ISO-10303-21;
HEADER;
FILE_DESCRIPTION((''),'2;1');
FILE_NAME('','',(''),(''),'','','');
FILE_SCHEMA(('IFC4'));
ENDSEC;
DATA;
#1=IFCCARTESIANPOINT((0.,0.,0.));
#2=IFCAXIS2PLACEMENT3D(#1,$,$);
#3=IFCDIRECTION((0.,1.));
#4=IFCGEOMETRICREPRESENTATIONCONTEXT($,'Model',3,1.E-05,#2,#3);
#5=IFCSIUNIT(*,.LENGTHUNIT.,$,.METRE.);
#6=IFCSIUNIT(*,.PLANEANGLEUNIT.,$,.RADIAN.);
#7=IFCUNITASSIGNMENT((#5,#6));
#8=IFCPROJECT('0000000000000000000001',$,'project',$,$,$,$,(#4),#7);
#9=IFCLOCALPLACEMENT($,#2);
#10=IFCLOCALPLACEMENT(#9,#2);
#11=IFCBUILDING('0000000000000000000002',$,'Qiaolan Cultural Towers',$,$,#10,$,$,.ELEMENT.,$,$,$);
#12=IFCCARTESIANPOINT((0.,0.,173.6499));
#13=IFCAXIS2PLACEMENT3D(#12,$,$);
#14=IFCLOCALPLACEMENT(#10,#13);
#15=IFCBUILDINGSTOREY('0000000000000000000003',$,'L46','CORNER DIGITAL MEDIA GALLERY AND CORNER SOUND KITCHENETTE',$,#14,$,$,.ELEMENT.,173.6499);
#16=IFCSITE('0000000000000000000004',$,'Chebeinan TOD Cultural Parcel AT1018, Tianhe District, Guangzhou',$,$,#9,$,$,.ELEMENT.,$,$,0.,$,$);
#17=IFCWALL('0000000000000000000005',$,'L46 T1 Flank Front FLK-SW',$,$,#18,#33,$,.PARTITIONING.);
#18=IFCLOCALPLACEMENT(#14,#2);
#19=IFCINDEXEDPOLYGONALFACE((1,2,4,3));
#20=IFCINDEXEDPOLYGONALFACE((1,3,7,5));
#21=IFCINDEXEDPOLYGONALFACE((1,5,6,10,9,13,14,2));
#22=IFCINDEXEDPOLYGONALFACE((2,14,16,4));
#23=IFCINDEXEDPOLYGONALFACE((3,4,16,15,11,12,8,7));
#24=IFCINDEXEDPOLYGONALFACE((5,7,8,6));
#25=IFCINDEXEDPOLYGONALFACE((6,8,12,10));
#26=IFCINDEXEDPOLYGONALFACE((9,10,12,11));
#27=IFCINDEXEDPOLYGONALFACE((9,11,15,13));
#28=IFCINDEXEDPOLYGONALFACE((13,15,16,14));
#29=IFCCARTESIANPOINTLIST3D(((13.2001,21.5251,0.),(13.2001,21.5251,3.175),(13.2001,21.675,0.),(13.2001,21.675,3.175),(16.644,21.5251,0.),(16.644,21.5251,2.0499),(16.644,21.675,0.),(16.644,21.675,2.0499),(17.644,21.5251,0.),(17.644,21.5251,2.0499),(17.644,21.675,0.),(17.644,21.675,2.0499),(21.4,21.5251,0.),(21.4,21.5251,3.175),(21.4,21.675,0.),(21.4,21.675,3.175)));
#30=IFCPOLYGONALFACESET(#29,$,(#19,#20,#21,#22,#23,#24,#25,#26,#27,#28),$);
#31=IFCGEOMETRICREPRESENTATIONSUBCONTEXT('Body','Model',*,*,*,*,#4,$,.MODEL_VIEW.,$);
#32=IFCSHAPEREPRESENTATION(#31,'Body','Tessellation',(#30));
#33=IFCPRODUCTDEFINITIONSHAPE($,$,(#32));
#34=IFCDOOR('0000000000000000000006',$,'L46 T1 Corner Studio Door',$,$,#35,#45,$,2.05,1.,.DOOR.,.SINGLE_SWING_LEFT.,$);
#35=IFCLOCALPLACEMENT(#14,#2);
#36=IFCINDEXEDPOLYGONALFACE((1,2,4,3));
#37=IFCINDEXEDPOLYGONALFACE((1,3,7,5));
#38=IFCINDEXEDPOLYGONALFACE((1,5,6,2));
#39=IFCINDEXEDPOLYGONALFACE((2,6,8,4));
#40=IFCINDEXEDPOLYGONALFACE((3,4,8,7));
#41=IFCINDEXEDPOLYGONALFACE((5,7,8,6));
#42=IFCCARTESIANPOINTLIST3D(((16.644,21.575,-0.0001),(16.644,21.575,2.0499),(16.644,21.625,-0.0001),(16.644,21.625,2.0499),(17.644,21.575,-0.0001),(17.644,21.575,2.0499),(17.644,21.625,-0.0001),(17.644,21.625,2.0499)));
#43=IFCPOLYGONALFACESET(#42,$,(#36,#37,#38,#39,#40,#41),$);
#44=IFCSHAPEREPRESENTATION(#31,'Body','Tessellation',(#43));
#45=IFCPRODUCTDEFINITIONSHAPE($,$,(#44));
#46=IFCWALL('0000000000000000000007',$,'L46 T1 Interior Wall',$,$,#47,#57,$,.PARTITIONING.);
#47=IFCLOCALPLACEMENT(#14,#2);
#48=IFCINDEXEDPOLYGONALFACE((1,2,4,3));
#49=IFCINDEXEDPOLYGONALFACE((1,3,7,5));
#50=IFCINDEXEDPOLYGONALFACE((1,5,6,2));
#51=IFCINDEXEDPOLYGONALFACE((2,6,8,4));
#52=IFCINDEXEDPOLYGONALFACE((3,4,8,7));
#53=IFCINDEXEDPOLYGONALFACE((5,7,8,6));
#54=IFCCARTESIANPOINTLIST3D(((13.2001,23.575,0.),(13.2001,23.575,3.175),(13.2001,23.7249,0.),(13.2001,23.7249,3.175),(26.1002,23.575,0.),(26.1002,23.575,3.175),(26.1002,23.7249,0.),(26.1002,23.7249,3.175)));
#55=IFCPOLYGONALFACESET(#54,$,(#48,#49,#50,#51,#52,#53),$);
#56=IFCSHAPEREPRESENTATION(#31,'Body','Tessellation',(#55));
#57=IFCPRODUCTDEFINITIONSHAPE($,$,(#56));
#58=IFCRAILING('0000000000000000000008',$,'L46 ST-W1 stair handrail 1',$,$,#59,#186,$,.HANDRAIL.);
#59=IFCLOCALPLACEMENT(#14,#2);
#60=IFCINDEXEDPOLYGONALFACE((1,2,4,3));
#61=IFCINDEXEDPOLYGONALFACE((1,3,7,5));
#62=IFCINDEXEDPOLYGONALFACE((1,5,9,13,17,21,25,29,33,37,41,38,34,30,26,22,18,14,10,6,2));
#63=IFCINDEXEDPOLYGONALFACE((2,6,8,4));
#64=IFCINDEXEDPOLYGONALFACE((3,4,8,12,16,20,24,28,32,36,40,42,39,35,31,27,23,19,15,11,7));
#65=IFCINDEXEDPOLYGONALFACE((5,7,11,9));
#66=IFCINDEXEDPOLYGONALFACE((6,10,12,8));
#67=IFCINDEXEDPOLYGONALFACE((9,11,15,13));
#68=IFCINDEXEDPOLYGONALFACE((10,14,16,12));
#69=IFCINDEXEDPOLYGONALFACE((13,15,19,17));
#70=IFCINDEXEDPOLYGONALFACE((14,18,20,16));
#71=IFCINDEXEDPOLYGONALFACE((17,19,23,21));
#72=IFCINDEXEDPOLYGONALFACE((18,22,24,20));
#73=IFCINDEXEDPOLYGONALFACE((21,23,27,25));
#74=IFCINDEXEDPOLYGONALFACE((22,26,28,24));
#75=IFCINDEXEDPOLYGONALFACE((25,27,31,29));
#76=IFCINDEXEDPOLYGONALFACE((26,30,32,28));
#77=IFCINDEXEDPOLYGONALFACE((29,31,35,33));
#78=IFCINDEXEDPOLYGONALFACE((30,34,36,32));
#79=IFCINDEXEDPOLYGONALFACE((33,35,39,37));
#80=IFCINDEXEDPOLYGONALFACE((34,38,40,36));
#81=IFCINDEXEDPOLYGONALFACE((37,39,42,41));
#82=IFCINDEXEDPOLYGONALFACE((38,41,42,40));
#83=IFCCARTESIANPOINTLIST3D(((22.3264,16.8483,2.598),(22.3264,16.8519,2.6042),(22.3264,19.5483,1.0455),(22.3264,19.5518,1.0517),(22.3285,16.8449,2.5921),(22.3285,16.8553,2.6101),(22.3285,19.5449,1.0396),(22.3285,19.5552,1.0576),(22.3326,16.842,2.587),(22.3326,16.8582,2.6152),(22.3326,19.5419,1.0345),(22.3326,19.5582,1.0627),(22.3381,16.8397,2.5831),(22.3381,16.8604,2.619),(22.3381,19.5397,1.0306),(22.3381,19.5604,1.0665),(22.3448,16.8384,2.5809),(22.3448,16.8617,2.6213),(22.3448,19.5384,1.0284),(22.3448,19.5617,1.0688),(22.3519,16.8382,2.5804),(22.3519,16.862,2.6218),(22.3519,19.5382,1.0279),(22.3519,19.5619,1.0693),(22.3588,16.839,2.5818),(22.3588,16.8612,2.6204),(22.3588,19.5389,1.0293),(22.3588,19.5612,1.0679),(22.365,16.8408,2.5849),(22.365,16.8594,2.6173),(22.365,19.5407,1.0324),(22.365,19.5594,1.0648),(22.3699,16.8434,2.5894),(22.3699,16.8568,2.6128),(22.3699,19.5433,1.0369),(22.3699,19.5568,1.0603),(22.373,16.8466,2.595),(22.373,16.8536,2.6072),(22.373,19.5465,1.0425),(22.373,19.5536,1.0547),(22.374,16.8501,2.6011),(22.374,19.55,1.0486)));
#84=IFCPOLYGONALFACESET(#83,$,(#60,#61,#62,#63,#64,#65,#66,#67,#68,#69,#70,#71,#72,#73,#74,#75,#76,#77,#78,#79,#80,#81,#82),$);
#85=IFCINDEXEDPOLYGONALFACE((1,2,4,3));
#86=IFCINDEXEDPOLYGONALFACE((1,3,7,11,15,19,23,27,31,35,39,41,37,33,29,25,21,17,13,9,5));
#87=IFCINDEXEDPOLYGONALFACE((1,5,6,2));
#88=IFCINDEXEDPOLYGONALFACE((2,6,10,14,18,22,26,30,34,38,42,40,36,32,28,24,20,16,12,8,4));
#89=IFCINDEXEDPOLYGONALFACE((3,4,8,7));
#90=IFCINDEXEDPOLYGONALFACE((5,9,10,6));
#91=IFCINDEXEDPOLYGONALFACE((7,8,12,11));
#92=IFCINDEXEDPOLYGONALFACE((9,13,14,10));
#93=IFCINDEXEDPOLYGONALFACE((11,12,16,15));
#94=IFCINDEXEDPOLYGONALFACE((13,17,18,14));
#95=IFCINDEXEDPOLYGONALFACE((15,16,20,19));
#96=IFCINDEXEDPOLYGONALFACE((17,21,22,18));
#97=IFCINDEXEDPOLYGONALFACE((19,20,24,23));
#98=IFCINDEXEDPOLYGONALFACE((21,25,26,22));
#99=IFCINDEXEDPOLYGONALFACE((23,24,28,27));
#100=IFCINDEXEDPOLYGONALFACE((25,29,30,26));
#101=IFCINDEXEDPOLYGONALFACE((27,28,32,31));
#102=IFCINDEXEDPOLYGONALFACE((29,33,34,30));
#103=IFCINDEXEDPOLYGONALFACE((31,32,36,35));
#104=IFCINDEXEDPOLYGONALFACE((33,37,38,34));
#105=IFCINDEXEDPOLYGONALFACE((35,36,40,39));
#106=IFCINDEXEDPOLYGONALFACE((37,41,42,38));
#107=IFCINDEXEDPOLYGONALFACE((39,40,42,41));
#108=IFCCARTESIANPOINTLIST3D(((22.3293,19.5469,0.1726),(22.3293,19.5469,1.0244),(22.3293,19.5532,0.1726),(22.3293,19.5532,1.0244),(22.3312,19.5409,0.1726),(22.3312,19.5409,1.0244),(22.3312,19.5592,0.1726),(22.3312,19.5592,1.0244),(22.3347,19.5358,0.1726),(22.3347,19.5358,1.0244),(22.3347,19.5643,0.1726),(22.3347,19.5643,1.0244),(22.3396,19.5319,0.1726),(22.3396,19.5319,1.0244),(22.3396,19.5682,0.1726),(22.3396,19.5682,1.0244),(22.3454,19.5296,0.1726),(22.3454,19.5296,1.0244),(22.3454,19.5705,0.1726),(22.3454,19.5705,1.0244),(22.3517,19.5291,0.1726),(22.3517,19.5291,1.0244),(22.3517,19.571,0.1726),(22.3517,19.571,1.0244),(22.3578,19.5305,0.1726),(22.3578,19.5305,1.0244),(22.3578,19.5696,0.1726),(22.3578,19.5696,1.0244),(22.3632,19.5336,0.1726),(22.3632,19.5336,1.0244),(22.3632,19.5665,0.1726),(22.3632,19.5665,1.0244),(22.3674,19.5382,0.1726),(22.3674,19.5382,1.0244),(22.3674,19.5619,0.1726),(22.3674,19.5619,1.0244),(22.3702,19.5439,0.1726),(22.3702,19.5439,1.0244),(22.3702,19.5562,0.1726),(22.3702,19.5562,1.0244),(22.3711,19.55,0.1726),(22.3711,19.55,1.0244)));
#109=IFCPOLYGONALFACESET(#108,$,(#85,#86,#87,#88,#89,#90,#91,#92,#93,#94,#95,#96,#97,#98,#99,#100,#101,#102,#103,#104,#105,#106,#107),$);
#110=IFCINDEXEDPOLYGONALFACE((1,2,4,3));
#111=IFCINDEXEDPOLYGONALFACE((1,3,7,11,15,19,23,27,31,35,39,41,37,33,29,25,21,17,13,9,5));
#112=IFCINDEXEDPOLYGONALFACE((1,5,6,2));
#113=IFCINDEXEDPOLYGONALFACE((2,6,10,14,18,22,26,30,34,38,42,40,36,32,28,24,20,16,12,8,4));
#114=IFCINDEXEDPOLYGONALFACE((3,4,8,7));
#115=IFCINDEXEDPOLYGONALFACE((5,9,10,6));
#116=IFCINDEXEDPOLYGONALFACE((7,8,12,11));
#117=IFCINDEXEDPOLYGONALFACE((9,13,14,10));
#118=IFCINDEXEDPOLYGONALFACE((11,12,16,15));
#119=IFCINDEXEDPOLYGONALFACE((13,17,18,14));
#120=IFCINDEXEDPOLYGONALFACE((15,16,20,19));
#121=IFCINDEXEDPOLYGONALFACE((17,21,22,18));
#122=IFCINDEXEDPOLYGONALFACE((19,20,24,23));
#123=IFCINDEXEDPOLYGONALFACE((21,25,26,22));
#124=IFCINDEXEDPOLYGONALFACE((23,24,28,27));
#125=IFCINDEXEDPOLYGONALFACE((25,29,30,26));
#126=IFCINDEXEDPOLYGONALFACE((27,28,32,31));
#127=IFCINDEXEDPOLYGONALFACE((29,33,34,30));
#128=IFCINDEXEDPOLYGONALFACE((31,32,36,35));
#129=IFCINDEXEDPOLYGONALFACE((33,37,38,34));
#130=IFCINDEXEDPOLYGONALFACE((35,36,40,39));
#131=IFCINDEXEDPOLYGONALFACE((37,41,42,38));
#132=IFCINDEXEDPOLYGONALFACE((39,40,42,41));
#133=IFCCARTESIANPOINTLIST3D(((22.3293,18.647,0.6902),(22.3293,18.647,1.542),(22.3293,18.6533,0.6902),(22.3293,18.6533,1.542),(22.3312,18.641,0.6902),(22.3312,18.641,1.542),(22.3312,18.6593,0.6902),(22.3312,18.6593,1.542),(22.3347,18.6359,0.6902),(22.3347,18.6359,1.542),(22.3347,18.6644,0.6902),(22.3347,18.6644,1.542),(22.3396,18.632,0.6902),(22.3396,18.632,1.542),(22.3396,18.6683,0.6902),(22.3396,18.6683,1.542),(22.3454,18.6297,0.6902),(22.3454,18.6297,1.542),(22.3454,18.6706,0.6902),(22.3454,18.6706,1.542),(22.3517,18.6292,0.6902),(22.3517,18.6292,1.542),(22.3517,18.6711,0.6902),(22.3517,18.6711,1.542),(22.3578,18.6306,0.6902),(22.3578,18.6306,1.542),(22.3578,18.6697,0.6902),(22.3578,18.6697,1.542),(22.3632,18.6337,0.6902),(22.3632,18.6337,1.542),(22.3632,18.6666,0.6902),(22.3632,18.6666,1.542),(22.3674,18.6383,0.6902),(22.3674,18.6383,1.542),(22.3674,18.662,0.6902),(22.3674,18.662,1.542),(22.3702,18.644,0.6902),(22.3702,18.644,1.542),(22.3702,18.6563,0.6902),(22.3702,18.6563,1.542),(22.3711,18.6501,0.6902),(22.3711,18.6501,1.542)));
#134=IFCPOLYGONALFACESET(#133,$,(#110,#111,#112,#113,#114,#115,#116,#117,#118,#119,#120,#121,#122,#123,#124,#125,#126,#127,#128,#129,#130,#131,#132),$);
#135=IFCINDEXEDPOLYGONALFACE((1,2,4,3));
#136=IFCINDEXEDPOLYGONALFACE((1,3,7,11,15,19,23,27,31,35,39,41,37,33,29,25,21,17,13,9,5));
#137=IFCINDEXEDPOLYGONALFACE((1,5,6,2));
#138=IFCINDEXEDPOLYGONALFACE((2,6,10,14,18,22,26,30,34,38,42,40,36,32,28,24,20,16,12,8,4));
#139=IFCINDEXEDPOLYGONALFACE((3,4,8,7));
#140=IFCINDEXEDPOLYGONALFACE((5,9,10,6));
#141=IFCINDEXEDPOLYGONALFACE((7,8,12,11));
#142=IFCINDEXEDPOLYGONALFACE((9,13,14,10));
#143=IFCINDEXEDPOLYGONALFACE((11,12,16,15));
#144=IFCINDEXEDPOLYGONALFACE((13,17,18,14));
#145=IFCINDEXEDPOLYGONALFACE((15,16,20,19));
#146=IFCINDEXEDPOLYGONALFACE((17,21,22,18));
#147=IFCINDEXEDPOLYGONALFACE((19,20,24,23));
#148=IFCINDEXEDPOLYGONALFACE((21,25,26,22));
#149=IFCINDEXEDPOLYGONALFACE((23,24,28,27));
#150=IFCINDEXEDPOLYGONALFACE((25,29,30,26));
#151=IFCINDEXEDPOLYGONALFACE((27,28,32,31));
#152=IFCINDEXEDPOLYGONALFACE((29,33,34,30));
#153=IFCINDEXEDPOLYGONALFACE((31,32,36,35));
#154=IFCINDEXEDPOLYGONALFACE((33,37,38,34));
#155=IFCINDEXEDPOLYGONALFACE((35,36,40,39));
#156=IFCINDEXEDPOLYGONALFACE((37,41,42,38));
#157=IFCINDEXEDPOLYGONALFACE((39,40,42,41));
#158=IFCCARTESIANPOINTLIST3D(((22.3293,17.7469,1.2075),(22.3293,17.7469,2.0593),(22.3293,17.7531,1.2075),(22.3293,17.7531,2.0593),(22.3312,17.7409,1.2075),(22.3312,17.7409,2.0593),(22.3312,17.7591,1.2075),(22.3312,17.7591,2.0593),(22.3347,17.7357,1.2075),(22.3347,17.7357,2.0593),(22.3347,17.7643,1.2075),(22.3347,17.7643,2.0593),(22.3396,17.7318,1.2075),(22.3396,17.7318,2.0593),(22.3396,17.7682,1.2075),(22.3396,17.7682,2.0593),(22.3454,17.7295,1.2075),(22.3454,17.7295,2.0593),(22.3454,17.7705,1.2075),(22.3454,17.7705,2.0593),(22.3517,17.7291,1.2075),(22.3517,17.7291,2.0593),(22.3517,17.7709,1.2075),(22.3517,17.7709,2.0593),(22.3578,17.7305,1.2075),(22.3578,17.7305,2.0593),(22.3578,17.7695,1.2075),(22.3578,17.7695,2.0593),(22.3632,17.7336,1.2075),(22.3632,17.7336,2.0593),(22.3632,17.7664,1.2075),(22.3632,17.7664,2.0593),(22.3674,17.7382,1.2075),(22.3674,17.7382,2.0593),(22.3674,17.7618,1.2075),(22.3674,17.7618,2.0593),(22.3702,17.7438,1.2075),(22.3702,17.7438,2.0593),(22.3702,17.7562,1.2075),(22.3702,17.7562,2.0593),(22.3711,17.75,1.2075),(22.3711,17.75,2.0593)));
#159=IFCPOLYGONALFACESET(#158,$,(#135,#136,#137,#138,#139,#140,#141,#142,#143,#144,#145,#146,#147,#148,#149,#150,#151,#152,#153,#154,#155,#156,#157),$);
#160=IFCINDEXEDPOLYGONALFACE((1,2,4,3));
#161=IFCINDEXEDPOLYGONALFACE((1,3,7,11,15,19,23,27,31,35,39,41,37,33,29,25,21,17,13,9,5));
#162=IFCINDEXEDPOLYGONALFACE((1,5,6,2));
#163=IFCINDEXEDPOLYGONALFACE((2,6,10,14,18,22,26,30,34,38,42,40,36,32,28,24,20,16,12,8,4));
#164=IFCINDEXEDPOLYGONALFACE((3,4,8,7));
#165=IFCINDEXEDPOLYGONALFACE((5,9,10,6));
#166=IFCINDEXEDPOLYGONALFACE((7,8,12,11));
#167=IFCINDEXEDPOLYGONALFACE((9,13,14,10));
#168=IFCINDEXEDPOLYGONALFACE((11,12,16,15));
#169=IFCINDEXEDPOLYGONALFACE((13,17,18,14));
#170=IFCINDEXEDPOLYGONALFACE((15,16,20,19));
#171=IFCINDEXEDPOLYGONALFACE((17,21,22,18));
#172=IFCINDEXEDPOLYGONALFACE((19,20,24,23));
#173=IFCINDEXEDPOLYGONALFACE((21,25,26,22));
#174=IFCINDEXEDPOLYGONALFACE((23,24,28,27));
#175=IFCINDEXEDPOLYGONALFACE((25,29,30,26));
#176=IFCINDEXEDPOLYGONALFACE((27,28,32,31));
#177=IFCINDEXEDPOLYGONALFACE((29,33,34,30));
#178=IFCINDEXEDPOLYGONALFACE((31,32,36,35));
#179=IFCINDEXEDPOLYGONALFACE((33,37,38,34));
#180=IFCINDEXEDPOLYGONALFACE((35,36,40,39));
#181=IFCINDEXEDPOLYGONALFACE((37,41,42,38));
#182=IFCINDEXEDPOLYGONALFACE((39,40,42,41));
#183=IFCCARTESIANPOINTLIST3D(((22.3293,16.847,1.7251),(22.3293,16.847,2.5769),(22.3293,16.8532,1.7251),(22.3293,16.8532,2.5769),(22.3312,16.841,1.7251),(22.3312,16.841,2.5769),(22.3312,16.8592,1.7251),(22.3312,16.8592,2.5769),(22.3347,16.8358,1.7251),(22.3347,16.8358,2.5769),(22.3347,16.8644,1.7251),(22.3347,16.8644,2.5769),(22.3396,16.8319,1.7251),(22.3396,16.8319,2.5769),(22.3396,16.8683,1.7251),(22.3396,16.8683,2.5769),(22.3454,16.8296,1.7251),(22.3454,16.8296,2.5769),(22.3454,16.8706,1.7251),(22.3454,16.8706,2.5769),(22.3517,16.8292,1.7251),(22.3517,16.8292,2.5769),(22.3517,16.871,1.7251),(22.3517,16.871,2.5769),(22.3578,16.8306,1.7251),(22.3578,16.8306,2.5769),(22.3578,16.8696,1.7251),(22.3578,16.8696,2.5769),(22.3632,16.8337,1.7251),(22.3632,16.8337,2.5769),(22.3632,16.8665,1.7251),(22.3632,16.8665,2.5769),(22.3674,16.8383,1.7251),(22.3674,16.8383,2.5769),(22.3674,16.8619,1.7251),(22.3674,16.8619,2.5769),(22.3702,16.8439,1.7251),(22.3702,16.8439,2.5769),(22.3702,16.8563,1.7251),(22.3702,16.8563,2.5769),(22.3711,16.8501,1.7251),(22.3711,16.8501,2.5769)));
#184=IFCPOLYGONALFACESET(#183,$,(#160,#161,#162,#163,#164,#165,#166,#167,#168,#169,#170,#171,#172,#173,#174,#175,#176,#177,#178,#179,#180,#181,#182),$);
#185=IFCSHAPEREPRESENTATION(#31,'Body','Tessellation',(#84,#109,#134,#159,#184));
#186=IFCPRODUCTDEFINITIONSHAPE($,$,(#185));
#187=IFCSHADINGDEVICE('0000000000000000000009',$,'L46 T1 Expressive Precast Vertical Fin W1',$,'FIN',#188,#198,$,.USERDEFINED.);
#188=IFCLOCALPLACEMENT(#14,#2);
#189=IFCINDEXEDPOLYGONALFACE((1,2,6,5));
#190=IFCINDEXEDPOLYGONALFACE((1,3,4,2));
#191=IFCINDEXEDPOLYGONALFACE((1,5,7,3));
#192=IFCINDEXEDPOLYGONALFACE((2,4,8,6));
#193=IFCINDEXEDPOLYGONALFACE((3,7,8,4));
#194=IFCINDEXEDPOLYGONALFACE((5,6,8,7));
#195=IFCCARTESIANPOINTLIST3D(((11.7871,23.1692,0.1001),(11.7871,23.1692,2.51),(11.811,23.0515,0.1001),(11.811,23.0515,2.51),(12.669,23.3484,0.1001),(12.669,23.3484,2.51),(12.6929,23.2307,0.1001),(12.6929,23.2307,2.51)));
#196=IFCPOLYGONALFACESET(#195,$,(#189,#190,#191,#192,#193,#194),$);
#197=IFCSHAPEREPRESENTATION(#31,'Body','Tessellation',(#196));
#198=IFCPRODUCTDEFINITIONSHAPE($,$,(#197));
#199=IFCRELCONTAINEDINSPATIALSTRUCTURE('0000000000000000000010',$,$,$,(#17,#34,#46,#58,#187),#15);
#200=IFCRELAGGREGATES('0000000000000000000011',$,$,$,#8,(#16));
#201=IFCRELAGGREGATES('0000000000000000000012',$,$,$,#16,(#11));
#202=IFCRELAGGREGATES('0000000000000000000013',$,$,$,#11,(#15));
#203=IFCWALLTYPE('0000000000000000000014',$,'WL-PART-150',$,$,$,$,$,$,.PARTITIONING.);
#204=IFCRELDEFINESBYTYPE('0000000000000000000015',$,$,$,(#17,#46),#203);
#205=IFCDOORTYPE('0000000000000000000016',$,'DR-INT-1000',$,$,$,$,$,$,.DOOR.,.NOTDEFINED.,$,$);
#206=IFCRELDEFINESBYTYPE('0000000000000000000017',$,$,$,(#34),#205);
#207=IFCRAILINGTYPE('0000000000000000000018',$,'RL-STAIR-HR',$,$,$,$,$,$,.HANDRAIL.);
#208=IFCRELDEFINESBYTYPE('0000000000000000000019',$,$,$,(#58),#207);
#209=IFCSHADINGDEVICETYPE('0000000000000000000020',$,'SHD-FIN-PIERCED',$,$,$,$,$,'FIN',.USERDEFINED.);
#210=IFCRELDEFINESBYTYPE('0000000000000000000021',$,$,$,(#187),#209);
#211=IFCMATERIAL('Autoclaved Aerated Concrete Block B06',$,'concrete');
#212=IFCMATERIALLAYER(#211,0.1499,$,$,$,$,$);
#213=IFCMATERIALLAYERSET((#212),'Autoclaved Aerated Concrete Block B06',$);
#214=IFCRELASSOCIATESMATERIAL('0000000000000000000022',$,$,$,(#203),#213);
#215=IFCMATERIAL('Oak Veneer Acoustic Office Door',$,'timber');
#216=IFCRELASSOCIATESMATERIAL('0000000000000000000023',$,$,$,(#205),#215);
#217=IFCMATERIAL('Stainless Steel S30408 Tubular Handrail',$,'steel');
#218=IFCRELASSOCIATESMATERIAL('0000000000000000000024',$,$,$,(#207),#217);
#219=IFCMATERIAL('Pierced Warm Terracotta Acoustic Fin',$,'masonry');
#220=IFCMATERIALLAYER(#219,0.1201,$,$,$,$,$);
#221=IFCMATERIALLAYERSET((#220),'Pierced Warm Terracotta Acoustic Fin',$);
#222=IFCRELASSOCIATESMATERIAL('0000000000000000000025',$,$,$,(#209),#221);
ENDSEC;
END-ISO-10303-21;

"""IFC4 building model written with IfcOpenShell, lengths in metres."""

from ifc_helpers import new_model, si_unit, direction, frame, frame_2d, origin, origin_2d, place, context, subcontext, project, spatial, rectangle, circle, extrude, material, layer, layer_set, type_object, element, fill, save


model = new_model("IFC4")

# Units and contexts
model_context = context("Model", 3, precision=1e-05, world=origin(), true_north=direction((0.0, 1.0)))
body_context = subcontext(model_context, "Body", "Model", "MODEL_VIEW")
ifc_project = project(units=[si_unit("LENGTHUNIT", "METRE"), si_unit("PLANEANGLEUNIT", "RADIAN")], contexts=[model_context])

# Site, building, storey
site_placement = place(None, origin())
site = spatial("IfcSite", under=ifc_project, at=site_placement, Name="Chebeinan TOD Cultural Parcel AT1018, Tianhe District, Guangzhou", CompositionType="ELEMENT", RefElevation=0.0)
building_placement = place(site_placement, origin())
building = spatial("IfcBuilding", under=site, at=building_placement, Name="Qiaolan Cultural Towers", CompositionType="ELEMENT")
storey_placement = place(building_placement, frame((0.0, 0.0, 173.6499)))
storey = spatial("IfcBuildingStorey", under=building, at=storey_placement, Name="L46", Description="CORNER DIGITAL MEDIA GALLERY AND CORNER SOUND KITCHENETTE", CompositionType="ELEMENT", Elevation=173.6499)

# Wall, opening, door
ifc_material_1 = material(Name="Autoclaved Aerated Concrete Block B06", Category="concrete")
ifc_layer_1 = layer(ifc_material_1, 0.1499)
ifc_layer_set_1 = layer_set([ifc_layer_1], Name="Autoclaved Aerated Concrete Block B06")
wall_type_1 = type_object("IfcWallType", Name="WL-PART-150", PredefinedType="PARTITIONING", material=ifc_layer_set_1)
wall_1_placement = place(storey_placement, frame((13.2, 21.6001, 0.0), z_axis=(0.0, 0.0, 1.0), x_axis=(1.0, 0.0, 0.0)))
wall_1 = element("IfcWall", 1, at=wall_1_placement, inside=storey, type_object=wall_type_1, Name="L46 T1 Flank Front FLK-SW", PredefinedType="PARTITIONING", context=body_context, shape_type="SweptSolid", body=[
    extrude(rectangle(XDim=8.2, YDim=0.1499, at=frame_2d((4.1001, 0.0))), origin(), (0.0, 0.0, 1.0), 3.175),
])
opening_placement = place(wall_1_placement, frame((3.4441, 0.0, 0.0)))
opening = element("IfcOpeningElement", 2, at=opening_placement, cuts=wall_1, PredefinedType="OPENING", context=body_context, shape_type="SweptSolid", body=[
    extrude(rectangle(XDim=1.0, YDim=2.05, at=frame_2d((0.5, 1.0249))), frame((0.0, 0.085, 0.0), z_axis=(0.0, -1.0, 0.0), x_axis=(1.0, 0.0, 0.0)), (0.0, 0.0, 1.0), 0.1699),
])
ifc_material_2 = material(Name="Oak Veneer Acoustic Office Door", Category="timber")
door_type = type_object("IfcDoorType", Name="DR-INT-1000", OperationType="NOTDEFINED", PredefinedType="DOOR", material=ifc_material_2)
door_placement = place(opening_placement, origin())
door = element("IfcDoor", 3, at=door_placement, inside=storey, type_object=door_type, Name="L46 T1 Corner Studio Door", OperationType="SINGLE_SWING_LEFT", OverallHeight=2.05, OverallWidth=1.0, PredefinedType="DOOR", context=body_context, shape_type="SweptSolid", body=[
    extrude(rectangle(XDim=1.0, YDim=2.05, at=frame_2d((0.5, 1.0249))), frame((0.0, 0.0249, 0.0), z_axis=(0.0, -1.0, 0.0), x_axis=(1.0, 0.0, 0.0)), (0.0, 0.0, 1.0), 0.05),
])
fill(opening, door)

# Wall
wall_2_placement = place(storey_placement, frame((13.2, 23.6499, 0.0), z_axis=(0.0, 0.0, 1.0), x_axis=(1.0, 0.0, 0.0)))
element("IfcWall", 4, at=wall_2_placement, inside=storey, type_object=wall_type_1, Name="L46 T1 Interior Wall", PredefinedType="PARTITIONING", context=body_context, shape_type="SweptSolid", body=[
    extrude(rectangle(XDim=12.9001, YDim=0.1499, at=frame_2d((6.4502, 0.0))), origin(), (0.0, 0.0, 1.0), 3.175),
])

# Railing
ifc_material_3 = material(Name="Stainless Steel S30408 Tubular Handrail", Category="steel")
railing_type = type_object("IfcRailingType", Name="RL-STAIR-HR", PredefinedType="HANDRAIL", material=ifc_material_3)
railing_placement = place(storey_placement, frame((22.3501, 19.55, 0.1726)))
element("IfcRailing", 5, at=railing_placement, inside=storey, type_object=railing_type, Name="L46 ST-W1 stair handrail 1", PredefinedType="HANDRAIL", context=body_context, shape_type="SweptSolid", body=[
    extrude(circle(Radius=0.0239, at=origin_2d()), frame((0.0, 0.0, 0.876), z_axis=(0.0, -0.866904, 0.498476), x_axis=(1.0, 0.0, 0.0)), (0.0, 0.0, 1.0), 3.1145),
    extrude(circle(Radius=0.021, at=origin_2d()), origin(), (0.0, 0.0, 1.0), 0.8518),
    extrude(circle(Radius=0.021, at=origin_2d()), frame((0.0, -0.8999, 0.5176)), (0.0, 0.0, 1.0), 0.8518),
    extrude(circle(Radius=0.021, at=origin_2d()), frame((0.0, -1.8, 1.0349)), (0.0, 0.0, 1.0), 0.8518),
    extrude(circle(Radius=0.021, at=origin_2d()), frame((0.0, -2.7, 1.5525)), (0.0, 0.0, 1.0), 0.8518),
])

# Shading device
ifc_material_4 = material(Name="Pierced Warm Terracotta Acoustic Fin", Category="masonry")
ifc_layer_2 = layer(ifc_material_4, 0.1201)
ifc_layer_set_2 = layer_set([ifc_layer_2], Name="Pierced Warm Terracotta Acoustic Fin")
shading_device_type = type_object("IfcShadingDeviceType", Name="SHD-FIN-PIERCED", ElementType="FIN", PredefinedType="USERDEFINED", material=ifc_layer_set_2)
shading_device_placement = place(storey_placement, frame((12.24, 23.2, 0.1001), z_axis=(0.0, 0.0, 1.0), x_axis=(0.979957, 0.199208, 0.0)))
element("IfcShadingDevice", 6, at=shading_device_placement, inside=storey, type_object=shading_device_type, Name="L46 T1 Expressive Precast Vertical Fin W1", ObjectType="FIN", PredefinedType="USERDEFINED", context=body_context, shape_type="SweptSolid", body=[
    extrude(rectangle(XDim=0.8999, YDim=0.1201, at=origin_2d()), origin(), (0.0, 0.0, 1.0), 2.4099),
])

save(model, "model.ifc")
